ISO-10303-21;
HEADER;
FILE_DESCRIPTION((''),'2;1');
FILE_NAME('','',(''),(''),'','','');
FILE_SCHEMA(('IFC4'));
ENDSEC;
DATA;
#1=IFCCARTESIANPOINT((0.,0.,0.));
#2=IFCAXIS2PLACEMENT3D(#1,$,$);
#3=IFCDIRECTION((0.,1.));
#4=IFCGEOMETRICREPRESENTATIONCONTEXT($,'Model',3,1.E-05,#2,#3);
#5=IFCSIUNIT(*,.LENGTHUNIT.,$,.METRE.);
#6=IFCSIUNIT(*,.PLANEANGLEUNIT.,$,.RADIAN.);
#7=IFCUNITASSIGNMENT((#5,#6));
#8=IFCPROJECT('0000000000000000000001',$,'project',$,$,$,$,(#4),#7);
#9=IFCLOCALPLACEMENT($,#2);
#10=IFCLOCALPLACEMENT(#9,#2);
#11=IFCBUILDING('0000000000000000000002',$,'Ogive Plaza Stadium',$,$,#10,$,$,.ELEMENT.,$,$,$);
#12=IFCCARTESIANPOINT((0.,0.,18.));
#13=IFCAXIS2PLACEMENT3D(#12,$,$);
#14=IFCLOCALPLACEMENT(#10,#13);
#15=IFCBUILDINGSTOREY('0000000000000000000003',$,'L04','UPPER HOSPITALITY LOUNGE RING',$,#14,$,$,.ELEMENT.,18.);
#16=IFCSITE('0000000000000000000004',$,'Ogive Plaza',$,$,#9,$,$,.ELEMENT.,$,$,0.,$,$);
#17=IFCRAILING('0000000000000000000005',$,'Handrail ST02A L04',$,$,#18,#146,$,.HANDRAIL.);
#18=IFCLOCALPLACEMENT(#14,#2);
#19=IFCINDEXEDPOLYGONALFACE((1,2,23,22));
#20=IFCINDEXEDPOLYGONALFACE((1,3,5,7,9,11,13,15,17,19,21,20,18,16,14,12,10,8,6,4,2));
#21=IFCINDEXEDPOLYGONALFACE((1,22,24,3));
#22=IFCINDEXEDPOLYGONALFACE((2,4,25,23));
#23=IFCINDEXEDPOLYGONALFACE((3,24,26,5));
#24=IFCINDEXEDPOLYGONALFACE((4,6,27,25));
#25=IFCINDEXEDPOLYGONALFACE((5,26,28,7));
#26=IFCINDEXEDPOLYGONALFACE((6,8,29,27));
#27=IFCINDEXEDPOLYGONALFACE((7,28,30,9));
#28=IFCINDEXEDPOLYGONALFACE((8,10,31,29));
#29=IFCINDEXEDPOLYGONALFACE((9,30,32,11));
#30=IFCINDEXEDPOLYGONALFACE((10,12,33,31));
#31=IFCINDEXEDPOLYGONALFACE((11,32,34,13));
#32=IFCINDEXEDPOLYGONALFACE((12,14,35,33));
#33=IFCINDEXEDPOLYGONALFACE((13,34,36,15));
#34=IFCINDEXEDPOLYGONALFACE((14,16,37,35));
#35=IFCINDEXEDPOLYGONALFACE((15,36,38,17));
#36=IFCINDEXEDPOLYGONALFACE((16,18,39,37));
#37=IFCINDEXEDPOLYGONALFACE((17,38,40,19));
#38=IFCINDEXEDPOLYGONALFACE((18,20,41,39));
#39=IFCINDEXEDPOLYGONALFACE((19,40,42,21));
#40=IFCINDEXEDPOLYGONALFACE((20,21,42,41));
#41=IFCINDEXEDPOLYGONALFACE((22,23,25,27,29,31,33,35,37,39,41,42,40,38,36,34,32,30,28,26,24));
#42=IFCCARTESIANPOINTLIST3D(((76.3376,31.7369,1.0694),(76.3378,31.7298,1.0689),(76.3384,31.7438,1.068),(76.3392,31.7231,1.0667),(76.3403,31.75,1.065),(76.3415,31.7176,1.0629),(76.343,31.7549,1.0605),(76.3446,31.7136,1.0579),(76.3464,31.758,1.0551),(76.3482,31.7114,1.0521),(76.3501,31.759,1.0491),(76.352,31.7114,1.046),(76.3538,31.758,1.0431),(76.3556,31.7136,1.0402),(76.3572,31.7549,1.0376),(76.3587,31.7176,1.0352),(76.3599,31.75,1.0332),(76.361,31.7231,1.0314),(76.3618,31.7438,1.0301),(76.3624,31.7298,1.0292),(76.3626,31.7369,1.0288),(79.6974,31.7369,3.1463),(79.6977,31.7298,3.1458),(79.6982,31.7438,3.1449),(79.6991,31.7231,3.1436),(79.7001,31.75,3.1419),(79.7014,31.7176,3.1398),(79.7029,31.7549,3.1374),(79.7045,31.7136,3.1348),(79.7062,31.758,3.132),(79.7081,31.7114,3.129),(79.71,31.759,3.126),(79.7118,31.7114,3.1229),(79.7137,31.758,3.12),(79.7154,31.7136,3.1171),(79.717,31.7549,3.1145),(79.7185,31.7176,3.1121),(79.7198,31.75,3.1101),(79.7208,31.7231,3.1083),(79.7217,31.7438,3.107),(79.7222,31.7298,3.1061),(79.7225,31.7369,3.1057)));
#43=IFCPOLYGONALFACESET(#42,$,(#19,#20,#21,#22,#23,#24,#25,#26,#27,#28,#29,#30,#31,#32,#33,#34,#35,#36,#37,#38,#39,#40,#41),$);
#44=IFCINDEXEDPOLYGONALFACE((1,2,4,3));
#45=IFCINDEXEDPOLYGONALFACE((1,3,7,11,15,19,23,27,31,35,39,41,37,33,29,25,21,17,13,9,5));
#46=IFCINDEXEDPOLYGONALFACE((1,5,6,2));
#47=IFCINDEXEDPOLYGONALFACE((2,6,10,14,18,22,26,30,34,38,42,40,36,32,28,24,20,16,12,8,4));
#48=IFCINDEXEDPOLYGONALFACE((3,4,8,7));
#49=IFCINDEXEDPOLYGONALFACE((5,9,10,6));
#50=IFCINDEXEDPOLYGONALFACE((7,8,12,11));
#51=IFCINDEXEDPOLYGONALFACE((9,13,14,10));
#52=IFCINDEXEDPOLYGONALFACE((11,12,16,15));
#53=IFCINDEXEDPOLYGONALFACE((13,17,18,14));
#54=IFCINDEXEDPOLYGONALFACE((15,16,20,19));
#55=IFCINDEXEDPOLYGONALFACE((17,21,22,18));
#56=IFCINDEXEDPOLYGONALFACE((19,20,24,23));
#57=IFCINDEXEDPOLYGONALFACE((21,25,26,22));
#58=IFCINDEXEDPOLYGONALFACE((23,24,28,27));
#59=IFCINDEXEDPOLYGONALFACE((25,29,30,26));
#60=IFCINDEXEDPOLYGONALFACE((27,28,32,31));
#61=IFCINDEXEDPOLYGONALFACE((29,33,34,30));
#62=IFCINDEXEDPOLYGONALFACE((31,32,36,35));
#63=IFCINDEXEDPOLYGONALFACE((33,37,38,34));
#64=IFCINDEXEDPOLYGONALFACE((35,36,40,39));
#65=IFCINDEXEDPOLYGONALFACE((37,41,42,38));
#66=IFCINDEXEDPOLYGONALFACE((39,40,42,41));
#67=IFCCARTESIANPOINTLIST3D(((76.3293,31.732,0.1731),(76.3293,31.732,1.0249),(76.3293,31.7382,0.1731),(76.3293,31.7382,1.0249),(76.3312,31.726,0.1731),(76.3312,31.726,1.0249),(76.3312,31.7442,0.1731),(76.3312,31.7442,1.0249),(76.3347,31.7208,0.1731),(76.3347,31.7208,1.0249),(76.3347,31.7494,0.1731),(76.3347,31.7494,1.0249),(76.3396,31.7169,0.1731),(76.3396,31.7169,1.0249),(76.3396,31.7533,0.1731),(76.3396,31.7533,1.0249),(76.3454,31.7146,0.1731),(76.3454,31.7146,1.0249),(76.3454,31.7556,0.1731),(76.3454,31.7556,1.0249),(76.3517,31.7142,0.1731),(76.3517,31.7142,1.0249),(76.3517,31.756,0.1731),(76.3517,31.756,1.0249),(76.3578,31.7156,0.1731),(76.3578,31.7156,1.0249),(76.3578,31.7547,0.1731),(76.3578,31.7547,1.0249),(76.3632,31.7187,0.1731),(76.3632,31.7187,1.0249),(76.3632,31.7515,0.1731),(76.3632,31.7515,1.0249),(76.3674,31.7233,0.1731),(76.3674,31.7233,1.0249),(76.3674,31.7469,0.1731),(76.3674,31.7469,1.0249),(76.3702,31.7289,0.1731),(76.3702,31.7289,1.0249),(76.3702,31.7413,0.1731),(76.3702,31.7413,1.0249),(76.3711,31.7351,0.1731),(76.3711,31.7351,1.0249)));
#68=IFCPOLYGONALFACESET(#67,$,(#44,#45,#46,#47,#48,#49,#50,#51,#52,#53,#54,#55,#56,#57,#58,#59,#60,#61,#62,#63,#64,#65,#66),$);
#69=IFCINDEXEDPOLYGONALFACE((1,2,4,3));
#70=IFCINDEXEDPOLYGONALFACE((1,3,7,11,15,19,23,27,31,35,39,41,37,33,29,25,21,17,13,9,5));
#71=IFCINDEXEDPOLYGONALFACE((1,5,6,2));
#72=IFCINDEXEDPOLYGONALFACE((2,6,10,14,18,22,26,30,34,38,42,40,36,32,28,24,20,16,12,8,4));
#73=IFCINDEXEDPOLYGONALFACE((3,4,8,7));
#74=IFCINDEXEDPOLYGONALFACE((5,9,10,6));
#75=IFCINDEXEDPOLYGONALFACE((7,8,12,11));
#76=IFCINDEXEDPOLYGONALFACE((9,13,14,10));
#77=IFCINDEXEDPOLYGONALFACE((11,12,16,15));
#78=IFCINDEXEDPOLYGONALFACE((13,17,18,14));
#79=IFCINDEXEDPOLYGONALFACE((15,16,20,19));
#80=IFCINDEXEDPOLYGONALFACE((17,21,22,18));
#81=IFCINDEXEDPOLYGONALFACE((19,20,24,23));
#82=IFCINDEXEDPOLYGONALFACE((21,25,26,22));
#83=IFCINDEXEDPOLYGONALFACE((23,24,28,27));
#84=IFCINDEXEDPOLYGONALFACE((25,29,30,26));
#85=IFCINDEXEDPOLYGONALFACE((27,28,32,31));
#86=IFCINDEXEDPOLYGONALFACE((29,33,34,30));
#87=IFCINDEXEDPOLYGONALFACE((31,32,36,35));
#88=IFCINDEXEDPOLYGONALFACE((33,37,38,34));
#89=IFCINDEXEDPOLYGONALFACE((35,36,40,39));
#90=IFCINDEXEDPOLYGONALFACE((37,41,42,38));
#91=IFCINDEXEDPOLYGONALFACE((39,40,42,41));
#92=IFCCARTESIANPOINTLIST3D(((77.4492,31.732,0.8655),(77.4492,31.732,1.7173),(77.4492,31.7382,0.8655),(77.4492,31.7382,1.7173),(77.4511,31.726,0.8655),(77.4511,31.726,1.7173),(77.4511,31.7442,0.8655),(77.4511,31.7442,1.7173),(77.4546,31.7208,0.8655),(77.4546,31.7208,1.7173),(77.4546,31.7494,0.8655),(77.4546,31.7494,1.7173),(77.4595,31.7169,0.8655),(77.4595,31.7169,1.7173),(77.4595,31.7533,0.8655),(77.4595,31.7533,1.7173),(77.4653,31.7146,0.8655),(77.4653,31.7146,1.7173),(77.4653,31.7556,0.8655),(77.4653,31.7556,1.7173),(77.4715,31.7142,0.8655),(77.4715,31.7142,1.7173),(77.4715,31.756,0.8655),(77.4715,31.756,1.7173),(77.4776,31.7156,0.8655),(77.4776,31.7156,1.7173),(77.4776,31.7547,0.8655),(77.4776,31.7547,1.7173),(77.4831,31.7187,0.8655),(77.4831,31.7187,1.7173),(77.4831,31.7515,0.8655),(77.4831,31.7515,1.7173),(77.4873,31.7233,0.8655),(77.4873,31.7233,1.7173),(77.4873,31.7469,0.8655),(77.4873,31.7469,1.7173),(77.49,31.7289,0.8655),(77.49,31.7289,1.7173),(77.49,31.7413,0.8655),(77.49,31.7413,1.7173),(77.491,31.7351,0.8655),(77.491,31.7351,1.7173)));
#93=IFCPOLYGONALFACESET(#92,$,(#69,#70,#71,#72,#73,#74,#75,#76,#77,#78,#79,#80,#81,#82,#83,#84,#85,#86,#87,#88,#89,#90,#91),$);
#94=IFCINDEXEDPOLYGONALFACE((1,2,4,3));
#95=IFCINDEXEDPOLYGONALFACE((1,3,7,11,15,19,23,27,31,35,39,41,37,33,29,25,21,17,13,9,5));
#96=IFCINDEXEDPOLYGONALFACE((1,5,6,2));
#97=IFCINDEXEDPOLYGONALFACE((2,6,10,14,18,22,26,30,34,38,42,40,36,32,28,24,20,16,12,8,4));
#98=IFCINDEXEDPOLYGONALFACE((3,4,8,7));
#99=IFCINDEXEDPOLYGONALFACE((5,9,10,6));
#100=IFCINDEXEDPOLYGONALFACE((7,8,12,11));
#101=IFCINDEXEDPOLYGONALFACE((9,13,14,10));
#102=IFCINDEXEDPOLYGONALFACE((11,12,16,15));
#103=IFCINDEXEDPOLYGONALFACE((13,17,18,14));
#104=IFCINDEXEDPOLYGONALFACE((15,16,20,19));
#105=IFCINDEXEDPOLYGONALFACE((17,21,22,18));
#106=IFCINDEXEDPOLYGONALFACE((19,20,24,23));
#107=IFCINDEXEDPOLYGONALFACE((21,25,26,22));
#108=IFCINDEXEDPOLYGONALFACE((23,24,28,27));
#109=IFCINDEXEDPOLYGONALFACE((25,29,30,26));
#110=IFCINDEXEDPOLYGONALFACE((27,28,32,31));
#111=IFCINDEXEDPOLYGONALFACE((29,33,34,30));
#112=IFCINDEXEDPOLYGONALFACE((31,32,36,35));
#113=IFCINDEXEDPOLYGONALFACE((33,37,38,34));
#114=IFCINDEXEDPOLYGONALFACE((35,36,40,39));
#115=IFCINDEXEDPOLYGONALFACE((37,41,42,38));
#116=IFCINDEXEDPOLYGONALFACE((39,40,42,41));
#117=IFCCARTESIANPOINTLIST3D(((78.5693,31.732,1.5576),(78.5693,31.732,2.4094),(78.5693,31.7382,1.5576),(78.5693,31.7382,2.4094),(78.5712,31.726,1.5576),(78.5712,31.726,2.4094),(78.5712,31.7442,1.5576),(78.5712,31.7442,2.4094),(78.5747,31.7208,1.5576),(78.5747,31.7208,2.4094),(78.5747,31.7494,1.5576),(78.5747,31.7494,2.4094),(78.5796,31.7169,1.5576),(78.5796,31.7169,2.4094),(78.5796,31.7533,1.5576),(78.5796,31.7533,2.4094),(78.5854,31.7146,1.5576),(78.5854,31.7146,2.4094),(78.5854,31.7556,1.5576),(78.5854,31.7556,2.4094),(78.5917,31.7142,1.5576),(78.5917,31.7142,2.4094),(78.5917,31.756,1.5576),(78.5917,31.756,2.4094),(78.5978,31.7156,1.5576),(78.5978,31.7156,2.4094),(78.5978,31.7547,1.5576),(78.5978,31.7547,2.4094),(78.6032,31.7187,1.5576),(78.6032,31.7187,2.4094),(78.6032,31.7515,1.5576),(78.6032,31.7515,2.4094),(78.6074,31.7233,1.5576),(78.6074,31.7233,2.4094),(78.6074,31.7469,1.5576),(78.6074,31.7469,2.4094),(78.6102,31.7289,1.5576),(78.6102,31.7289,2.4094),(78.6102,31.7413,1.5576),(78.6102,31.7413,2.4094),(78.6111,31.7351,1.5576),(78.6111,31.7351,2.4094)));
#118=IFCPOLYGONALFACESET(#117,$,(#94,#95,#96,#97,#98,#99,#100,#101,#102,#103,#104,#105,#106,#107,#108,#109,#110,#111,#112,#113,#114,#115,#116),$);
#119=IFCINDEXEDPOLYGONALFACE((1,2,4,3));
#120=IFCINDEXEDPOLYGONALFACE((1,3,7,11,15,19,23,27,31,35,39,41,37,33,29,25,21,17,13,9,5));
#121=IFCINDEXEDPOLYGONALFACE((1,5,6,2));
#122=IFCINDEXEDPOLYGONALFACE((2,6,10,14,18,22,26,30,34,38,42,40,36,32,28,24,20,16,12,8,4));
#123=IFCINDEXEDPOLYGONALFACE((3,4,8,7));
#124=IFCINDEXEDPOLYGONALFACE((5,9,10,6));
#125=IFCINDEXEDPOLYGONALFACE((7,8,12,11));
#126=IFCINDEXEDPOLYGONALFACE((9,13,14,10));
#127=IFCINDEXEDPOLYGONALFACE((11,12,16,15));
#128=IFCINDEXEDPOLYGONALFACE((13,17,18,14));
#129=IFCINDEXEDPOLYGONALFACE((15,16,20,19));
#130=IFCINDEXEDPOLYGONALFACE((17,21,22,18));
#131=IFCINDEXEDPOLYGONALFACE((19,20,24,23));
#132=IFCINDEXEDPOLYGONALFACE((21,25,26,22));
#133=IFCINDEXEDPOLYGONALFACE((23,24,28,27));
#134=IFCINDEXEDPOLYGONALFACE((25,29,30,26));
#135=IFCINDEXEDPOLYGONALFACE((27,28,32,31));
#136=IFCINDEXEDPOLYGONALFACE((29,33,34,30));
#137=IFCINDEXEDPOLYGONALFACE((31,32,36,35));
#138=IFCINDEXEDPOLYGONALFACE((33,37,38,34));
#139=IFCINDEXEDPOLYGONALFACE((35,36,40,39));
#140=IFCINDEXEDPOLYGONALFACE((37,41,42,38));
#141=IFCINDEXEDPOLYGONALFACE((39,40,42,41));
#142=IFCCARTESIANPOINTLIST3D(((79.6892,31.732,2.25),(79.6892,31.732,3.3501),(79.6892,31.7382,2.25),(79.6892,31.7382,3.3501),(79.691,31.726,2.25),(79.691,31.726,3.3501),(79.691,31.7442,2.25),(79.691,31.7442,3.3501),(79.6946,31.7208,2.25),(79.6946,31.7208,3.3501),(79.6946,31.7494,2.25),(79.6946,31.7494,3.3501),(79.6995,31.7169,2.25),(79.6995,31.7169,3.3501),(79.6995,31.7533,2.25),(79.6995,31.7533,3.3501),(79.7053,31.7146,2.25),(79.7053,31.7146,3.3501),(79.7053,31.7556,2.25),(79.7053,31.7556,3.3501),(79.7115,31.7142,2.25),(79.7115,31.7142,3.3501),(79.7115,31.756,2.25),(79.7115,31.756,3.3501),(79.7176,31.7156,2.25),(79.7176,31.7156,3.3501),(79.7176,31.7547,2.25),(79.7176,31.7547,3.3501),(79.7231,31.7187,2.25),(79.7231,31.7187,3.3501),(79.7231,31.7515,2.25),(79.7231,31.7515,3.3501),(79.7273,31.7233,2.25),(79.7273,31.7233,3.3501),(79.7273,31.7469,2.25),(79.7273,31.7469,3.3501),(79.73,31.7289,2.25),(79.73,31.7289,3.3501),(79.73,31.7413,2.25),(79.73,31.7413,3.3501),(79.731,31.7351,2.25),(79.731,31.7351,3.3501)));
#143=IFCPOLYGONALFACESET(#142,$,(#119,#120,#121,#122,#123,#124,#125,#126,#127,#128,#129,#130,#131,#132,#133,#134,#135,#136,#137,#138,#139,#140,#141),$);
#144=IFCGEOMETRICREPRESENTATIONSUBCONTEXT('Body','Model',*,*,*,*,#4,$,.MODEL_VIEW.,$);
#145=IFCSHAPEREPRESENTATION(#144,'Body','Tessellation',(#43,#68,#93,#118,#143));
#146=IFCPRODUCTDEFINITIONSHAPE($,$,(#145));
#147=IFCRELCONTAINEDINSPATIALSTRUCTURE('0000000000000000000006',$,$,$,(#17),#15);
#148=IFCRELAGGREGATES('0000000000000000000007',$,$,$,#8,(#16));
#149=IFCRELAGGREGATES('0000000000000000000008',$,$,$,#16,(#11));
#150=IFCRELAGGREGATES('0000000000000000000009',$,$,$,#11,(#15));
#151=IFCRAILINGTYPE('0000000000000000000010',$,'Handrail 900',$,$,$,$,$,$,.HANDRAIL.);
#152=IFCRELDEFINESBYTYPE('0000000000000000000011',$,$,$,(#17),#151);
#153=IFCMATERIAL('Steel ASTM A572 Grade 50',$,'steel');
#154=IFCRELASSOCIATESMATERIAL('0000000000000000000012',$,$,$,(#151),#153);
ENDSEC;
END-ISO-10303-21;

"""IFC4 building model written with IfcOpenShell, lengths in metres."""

from ifc_helpers import new_model, si_unit, direction, frame, origin, origin_2d, place, context, subcontext, project, spatial, circle, extrude, material, type_object, element, save


model = new_model("IFC4")

# Units and contexts
model_context = context("Model", 3, precision=1e-05, world=origin(), true_north=direction((0.0, 1.0)))
body_context = subcontext(model_context, "Body", "Model", "MODEL_VIEW")
ifc_project = project(units=[si_unit("LENGTHUNIT", "METRE"), si_unit("PLANEANGLEUNIT", "RADIAN")], contexts=[model_context])

# Site, building, storey
site_placement = place(None, origin())
site = spatial("IfcSite", under=ifc_project, at=site_placement, Name="Ogive Plaza", CompositionType="ELEMENT", RefElevation=0.0)
building_placement = place(site_placement, origin())
building = spatial("IfcBuilding", under=site, at=building_placement, Name="Ogive Plaza Stadium", CompositionType="ELEMENT")
storey_placement = place(building_placement, frame((0.0, 0.0, 18.0)))
storey = spatial("IfcBuildingStorey", under=building, at=storey_placement, Name="L04", Description="UPPER HOSPITALITY LOUNGE RING", CompositionType="ELEMENT", Elevation=18.0)

# Railing
ifc_material_1 = material(Name="Steel ASTM A572 Grade 50", Category="steel")
railing_type_1 = type_object("IfcRailingType", Name="Handrail 900", PredefinedType="HANDRAIL", material=ifc_material_1)
for number, where, name in (
    (1, (76.3501, 31.7351, 0.1731), "Handrail ST02A L04"),
):
    element("IfcRailing", number, at=place(storey_placement, frame(where)), inside=storey, type_object=railing_type_1, Name=name, PredefinedType="HANDRAIL", context=body_context, shape_type="SweptSolid", body=[
        extrude(circle(Radius=0.0239, at=origin_2d()), frame((0.0, 0.0, 0.876), z_axis=(0.850606, 0.0, 0.525803), x_axis=(0.0, 1.0, 0.0)), (0.0, 0.0, 1.0), 3.95),
        extrude(circle(Radius=0.021, at=origin_2d()), origin(), (0.0, 0.0, 1.0), 0.8518),
        extrude(circle(Radius=0.021, at=origin_2d()), frame((1.1199, 0.0, 0.6924)), (0.0, 0.0, 1.0), 0.8518),
        extrude(circle(Radius=0.021, at=origin_2d()), frame((2.24, 0.0, 1.3845)), (0.0, 0.0, 1.0), 0.8518),
        extrude(circle(Radius=0.021, at=origin_2d()), frame((3.3599, 0.0, 2.0769)), (0.0, 0.0, 1.0), 1.1001),
    ])

save(model, "model.ifc")
